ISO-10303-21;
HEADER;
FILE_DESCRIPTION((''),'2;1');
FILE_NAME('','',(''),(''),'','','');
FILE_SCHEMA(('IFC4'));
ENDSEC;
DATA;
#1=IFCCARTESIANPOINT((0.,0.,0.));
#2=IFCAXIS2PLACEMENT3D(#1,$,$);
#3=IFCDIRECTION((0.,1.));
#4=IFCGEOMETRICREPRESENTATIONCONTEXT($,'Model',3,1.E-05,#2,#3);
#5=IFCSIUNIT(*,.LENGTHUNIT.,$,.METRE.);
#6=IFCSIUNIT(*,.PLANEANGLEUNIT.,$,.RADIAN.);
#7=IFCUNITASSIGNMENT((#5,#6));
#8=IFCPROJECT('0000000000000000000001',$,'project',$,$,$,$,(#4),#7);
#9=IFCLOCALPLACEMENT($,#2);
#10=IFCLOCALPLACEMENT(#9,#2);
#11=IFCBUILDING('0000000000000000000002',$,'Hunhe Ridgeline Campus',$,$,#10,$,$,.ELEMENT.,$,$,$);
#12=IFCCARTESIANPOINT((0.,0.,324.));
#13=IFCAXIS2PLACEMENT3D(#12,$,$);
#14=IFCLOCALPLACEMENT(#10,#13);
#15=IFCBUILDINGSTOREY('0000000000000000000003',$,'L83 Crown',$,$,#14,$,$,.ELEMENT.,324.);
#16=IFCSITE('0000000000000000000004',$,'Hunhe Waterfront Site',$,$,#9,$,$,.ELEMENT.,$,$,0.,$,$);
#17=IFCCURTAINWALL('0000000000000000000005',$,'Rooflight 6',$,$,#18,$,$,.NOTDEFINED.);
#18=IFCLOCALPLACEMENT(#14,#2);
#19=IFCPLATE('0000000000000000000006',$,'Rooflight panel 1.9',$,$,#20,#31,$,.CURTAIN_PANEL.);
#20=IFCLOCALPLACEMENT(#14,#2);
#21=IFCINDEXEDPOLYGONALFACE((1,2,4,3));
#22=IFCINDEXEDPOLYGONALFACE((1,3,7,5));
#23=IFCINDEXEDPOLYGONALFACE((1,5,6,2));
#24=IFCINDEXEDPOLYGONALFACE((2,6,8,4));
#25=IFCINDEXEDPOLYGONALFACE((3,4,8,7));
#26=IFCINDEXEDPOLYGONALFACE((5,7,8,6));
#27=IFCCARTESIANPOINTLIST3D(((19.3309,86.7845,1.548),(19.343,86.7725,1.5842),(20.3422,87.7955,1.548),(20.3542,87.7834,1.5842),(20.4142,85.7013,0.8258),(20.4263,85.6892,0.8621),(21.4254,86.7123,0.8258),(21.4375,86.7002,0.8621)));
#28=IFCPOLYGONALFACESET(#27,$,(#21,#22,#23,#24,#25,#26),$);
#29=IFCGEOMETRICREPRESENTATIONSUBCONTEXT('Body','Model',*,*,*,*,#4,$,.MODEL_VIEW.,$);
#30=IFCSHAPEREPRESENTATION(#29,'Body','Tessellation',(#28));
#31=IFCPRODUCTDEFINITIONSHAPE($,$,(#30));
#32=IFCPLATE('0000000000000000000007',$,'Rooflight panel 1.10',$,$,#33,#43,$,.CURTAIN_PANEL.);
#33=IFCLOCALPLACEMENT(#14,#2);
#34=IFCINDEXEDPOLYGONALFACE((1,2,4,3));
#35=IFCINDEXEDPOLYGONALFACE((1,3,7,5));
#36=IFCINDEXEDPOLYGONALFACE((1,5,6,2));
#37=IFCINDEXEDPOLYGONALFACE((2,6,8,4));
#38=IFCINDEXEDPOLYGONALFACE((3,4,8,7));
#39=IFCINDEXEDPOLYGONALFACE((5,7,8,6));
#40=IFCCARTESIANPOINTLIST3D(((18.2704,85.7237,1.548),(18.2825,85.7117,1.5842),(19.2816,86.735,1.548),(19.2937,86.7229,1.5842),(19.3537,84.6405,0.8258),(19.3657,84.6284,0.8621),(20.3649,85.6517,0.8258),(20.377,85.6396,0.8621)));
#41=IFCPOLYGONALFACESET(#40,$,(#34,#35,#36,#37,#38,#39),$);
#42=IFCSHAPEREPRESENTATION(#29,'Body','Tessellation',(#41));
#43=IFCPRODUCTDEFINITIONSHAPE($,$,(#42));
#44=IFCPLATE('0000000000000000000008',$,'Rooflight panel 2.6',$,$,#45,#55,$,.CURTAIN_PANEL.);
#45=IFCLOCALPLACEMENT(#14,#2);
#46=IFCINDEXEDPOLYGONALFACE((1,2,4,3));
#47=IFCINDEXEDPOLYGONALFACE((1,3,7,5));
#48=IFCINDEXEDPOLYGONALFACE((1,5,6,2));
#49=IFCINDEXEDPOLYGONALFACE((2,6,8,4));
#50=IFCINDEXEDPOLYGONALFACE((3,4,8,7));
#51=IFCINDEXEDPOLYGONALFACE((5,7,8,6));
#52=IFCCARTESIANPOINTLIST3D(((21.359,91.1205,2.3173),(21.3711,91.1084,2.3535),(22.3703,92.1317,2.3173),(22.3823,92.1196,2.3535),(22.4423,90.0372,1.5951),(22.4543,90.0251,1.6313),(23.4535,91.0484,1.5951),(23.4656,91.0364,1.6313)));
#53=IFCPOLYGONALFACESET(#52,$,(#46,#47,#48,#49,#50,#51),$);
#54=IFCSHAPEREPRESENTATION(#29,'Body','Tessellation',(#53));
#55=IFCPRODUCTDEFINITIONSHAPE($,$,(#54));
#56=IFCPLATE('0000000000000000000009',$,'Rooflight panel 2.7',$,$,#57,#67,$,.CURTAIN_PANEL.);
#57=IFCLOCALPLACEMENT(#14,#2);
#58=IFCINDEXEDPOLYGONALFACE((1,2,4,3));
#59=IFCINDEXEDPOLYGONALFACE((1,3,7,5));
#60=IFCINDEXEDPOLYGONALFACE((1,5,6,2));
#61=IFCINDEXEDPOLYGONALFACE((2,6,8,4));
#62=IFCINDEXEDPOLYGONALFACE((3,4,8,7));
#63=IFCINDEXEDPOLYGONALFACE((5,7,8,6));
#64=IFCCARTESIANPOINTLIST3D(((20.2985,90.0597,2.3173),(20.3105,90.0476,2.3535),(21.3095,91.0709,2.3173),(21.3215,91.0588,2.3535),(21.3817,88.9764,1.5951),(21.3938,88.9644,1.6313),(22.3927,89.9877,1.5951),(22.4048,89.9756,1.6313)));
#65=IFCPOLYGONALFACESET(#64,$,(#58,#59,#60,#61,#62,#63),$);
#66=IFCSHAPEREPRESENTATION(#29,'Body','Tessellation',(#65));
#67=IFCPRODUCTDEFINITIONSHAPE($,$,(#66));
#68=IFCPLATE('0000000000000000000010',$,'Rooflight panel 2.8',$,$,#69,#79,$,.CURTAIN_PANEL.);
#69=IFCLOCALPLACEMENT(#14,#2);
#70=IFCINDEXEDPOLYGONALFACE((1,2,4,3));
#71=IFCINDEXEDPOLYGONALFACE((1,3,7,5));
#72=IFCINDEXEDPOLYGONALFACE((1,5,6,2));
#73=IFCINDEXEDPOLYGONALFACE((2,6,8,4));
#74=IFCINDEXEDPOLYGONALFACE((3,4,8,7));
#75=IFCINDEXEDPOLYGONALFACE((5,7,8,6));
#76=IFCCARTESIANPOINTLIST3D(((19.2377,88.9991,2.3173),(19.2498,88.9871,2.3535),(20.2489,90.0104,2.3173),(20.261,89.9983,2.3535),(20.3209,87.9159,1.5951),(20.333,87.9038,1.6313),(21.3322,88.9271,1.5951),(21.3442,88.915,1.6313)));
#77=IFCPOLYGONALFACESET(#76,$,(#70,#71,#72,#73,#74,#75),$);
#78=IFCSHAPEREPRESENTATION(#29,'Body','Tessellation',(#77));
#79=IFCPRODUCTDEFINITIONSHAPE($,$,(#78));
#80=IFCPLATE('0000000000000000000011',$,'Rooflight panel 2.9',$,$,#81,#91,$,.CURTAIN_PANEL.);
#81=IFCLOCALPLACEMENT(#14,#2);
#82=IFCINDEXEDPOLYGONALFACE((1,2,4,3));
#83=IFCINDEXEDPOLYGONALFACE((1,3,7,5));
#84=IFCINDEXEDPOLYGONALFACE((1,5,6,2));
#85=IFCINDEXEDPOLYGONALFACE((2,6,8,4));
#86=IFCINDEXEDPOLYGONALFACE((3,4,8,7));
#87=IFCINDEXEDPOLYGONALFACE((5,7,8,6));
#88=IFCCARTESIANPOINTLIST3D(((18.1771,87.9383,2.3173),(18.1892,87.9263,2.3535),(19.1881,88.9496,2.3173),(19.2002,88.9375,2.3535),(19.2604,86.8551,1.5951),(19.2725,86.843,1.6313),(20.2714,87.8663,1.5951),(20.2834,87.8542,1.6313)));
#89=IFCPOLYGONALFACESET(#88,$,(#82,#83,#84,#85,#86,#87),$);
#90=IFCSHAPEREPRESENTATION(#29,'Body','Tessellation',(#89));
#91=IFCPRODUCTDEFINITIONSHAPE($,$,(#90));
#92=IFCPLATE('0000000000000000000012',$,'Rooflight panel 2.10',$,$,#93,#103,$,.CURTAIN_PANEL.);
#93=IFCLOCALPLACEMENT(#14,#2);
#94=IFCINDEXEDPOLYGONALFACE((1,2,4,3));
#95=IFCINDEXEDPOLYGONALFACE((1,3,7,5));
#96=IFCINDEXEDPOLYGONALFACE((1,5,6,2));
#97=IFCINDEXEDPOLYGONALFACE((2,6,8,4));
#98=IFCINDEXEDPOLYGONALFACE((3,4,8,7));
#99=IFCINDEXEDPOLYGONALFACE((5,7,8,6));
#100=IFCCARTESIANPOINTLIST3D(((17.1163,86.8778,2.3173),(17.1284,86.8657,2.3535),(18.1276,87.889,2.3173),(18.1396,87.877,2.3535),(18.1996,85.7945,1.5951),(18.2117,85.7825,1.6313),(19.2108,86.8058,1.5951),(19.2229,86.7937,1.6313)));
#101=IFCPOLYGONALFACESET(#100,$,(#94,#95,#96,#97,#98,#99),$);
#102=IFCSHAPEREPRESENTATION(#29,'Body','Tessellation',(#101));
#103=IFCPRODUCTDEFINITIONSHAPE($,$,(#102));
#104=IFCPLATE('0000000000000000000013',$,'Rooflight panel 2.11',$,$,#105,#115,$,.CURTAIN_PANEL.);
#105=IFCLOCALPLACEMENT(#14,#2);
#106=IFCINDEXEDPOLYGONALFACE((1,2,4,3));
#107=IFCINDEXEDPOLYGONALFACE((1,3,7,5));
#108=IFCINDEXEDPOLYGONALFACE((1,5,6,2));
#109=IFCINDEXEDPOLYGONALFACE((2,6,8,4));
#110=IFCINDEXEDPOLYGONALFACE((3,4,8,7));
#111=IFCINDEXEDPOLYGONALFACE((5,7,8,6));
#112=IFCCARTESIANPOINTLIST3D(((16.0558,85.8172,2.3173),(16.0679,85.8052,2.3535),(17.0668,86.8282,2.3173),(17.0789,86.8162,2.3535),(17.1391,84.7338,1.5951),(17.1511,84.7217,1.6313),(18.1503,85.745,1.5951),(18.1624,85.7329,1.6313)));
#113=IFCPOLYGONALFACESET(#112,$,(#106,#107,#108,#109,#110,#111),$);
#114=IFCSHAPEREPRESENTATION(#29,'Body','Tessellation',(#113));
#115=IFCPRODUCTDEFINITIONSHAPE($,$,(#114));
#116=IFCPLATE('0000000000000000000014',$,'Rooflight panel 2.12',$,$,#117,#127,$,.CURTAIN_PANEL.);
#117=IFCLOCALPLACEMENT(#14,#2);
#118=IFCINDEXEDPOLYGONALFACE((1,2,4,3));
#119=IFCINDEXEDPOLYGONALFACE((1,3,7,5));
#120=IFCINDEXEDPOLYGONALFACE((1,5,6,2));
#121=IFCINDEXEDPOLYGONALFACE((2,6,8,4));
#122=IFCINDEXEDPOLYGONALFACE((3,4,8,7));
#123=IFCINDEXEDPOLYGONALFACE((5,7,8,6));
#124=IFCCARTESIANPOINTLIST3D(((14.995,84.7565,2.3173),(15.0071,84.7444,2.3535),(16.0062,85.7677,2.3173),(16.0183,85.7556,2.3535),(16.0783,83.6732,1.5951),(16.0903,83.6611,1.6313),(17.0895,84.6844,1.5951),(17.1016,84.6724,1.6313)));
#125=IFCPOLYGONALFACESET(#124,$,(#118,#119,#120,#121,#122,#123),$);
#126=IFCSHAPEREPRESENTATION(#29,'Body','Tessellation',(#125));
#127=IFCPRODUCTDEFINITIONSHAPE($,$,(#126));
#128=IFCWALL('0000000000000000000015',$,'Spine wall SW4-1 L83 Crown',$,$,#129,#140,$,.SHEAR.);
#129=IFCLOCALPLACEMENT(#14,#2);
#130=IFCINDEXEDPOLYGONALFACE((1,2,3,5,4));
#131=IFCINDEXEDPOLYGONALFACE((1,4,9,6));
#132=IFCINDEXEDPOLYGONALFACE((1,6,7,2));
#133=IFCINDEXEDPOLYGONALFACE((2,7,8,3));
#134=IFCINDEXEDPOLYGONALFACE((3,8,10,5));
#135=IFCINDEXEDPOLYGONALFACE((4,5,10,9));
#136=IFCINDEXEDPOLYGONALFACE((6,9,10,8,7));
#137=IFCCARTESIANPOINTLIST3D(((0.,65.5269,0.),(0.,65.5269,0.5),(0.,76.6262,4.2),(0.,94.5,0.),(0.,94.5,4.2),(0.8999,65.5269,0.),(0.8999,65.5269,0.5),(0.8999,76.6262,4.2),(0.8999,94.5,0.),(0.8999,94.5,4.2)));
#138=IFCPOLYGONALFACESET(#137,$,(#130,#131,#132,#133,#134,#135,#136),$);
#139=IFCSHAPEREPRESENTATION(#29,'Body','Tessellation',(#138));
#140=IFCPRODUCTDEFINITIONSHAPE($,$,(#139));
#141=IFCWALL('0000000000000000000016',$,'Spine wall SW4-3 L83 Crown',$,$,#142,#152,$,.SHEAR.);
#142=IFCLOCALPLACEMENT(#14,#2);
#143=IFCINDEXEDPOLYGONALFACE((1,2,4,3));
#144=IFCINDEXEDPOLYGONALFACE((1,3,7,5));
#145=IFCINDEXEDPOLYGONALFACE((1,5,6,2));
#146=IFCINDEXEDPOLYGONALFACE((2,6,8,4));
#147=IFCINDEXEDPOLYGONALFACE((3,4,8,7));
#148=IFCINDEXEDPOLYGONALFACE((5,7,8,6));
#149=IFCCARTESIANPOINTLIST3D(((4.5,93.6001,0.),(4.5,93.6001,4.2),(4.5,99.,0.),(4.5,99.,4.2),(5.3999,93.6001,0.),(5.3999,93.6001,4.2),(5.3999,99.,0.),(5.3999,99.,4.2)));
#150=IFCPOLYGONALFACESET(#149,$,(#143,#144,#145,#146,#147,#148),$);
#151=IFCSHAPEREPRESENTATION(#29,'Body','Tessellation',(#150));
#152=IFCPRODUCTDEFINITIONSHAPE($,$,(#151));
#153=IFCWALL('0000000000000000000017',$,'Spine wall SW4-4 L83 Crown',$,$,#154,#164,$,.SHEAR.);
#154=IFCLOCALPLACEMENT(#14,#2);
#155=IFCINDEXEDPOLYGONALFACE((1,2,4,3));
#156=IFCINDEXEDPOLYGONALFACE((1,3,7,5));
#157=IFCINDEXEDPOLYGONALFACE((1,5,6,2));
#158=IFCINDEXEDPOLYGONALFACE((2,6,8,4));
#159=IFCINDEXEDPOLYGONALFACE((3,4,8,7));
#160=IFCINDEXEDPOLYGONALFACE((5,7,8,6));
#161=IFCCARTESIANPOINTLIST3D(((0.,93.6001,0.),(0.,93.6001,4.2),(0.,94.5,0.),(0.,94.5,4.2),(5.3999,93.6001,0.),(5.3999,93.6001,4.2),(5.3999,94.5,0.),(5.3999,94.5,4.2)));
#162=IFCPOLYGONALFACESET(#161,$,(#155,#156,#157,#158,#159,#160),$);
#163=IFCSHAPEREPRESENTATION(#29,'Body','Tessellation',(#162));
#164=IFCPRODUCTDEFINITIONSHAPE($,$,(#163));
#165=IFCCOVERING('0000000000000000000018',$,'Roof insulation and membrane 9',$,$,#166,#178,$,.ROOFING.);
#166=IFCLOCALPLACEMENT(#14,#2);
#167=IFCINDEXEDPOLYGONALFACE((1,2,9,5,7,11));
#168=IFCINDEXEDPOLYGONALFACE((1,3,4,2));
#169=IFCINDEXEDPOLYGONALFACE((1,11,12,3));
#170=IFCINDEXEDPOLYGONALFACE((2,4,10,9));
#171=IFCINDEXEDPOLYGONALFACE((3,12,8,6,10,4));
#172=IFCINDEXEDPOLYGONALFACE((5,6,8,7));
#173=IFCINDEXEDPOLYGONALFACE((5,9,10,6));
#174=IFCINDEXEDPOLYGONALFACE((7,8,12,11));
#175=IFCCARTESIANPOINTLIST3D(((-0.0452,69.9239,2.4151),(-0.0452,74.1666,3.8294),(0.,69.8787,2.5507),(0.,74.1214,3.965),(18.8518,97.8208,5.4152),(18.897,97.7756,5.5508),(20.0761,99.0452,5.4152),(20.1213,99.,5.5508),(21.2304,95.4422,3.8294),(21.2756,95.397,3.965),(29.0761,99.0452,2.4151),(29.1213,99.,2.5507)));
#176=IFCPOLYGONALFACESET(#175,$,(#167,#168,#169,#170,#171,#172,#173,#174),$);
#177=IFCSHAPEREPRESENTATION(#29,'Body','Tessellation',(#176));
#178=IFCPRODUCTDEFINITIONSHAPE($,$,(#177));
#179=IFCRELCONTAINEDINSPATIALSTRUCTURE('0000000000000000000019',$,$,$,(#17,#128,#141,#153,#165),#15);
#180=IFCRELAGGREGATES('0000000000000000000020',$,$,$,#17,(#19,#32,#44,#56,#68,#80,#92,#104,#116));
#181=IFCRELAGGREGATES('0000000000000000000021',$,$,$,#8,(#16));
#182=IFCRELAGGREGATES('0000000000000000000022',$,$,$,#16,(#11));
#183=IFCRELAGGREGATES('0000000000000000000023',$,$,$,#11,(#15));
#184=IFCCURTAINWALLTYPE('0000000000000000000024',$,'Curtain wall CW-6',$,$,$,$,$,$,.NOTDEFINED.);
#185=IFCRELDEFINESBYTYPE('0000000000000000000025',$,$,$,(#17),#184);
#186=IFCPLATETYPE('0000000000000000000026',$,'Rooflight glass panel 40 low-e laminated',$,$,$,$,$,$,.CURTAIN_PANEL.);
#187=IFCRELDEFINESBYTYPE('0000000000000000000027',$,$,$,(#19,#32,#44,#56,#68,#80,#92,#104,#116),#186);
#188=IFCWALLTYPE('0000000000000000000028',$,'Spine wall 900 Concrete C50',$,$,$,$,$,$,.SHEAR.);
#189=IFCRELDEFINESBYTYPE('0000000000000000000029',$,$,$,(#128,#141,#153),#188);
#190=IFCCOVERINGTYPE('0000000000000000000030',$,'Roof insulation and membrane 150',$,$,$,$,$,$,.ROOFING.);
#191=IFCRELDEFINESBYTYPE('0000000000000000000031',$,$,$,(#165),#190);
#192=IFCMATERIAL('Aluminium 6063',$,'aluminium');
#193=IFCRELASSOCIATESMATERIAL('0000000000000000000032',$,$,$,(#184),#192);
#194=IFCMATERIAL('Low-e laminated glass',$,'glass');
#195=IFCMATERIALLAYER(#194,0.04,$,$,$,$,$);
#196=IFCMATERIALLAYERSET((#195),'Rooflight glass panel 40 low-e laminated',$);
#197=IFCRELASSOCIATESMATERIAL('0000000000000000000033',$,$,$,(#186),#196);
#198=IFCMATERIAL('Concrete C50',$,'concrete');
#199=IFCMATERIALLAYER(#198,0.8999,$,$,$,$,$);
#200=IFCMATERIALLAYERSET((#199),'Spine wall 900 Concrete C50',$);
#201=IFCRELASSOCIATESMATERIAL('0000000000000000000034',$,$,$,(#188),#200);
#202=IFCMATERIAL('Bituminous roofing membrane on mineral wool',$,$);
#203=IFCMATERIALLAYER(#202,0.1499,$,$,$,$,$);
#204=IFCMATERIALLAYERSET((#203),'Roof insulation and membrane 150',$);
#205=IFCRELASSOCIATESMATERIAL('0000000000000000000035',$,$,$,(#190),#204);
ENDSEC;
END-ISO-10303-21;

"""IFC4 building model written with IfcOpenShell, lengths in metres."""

from ifc_helpers import new_model, si_unit, direction, frame, origin, place, context, subcontext, project, spatial, polyline, outline, extrude, material, layer, layer_set, type_object, element, aggregate, save


model = new_model("IFC4")

# Units and contexts
model_context = context("Model", 3, precision=1e-05, world=origin(), true_north=direction((0.0, 1.0)))
body_context = subcontext(model_context, "Body", "Model", "MODEL_VIEW")
ifc_project = project(units=[si_unit("LENGTHUNIT", "METRE"), si_unit("PLANEANGLEUNIT", "RADIAN")], contexts=[model_context])

# Site, building, storey
site_placement = place(None, origin())
site = spatial("IfcSite", under=ifc_project, at=site_placement, Name="Hunhe Waterfront Site", CompositionType="ELEMENT", RefElevation=0.0)
building_placement = place(site_placement, origin())
building = spatial("IfcBuilding", under=site, at=building_placement, Name="Hunhe Ridgeline Campus", CompositionType="ELEMENT")
storey_placement = place(building_placement, frame((0.0, 0.0, 324.0)))
storey = spatial("IfcBuildingStorey", under=building, at=storey_placement, Name="L83 Crown", CompositionType="ELEMENT", Elevation=324.0)

# Curtain wall
ifc_material_1 = material(Name="Aluminium 6063", Category="aluminium")
curtain_wall_type = type_object("IfcCurtainWallType", Name="Curtain wall CW-6", PredefinedType="NOTDEFINED", material=ifc_material_1)
curtain_wall_placement = place(storey_placement, origin())
curtain_wall = element("IfcCurtainWall", 1, at=curtain_wall_placement, inside=storey, type_object=curtain_wall_type, Name="Rooflight 6", PredefinedType="NOTDEFINED")

# Plates
ifc_material_2 = material(Name="Low-e laminated glass", Category="glass")
ifc_layer_1 = layer(ifc_material_2, 0.04)
ifc_layer_set_1 = layer_set([ifc_layer_1], Name="Rooflight glass panel 40 low-e laminated")
plate_type = type_object("IfcPlateType", Name="Rooflight glass panel 40 low-e laminated", PredefinedType="CURTAIN_PANEL", material=ifc_layer_set_1)
plate_1_placement = place(storey_placement, frame((21.4375, 86.7002, 0.8621), z_axis=(0.301475, -0.301548, 0.904534), x_axis=(-0.639602, 0.639602, 0.426401)))
plate_1 = element("IfcPlate", 2, at=plate_1_placement, type_object=plate_type, Name="Rooflight panel 1.9", PredefinedType="CURTAIN_PANEL", context=body_context, shape_type="SweptSolid", body=[
    extrude(outline(polyline([(0.0, 0.0), (1.6936, 0.0), (1.6938, 1.4299), (0.0002, 1.4299), (0.0, 0.0)])), origin(), (0.0, 0.0, -1.0), 0.04),
])
plate_2_placement = place(storey_placement, frame((20.377, 85.6396, 0.8621), z_axis=(0.301511, -0.301511, 0.904534), x_axis=(-0.639602, 0.639602, 0.426401)))
plate_2 = element("IfcPlate", 3, at=plate_2_placement, type_object=plate_type, Name="Rooflight panel 1.10", PredefinedType="CURTAIN_PANEL", context=body_context, shape_type="SweptSolid", body=[
    extrude(outline(polyline([(0.0, 0.0), (1.6936, 0.0), (1.6936, 1.4301), (0.0, 1.4301), (0.0, 0.0)])), origin(), (0.0, 0.0, -1.0), 0.04),
])
plate_3_placement = place(storey_placement, frame((23.4656, 91.0364, 1.6313), z_axis=(0.301511, -0.301511, 0.904534), x_axis=(-0.639602, 0.639602, 0.426401)))
plate_3 = element("IfcPlate", 4, at=plate_3_placement, type_object=plate_type, Name="Rooflight panel 2.6", PredefinedType="CURTAIN_PANEL", context=body_context, shape_type="SweptSolid", body=[
    extrude(outline(polyline([(0.0, 0.0), (1.6936, 0.0), (1.6936, 1.4301), (0.0, 1.4301), (0.0, 0.0)])), origin(), (0.0, 0.0, -1.0), 0.04),
])
plate_4_placement = place(storey_placement, frame((22.4048, 89.9756, 1.6313), z_axis=(0.301548, -0.301475, 0.904534), x_axis=(-0.639602, 0.639602, 0.426401)))
plate_4 = element("IfcPlate", 5, at=plate_4_placement, type_object=plate_type, Name="Rooflight panel 2.7", PredefinedType="CURTAIN_PANEL", context=body_context, shape_type="SweptSolid", body=[
    extrude(outline(polyline([(0.0, 0.0), (1.6936, 0.0), (1.6935, 1.4299), (-0.0002, 1.4299), (0.0, 0.0)])), origin(), (0.0, 0.0, -1.0), 0.04),
])
plate_5_placement = place(storey_placement, frame((21.3442, 88.915, 1.6313), z_axis=(0.301511, -0.301511, 0.904534), x_axis=(-0.639602, 0.639602, 0.426401)))
plate_5 = element("IfcPlate", 6, at=plate_5_placement, type_object=plate_type, Name="Rooflight panel 2.8", PredefinedType="CURTAIN_PANEL", context=body_context, shape_type="SweptSolid", body=[
    extrude(outline(polyline([(0.0, 0.0), (1.6936, 0.0), (1.6936, 1.4301), (0.0, 1.4301), (0.0, 0.0)])), origin(), (0.0, 0.0, -1.0), 0.04),
])
plate_6_placement = place(storey_placement, frame((20.2834, 87.8542, 1.6313), z_axis=(0.301548, -0.301475, 0.904534), x_axis=(-0.639602, 0.639602, 0.426401)))
plate_6 = element("IfcPlate", 7, at=plate_6_placement, type_object=plate_type, Name="Rooflight panel 2.9", PredefinedType="CURTAIN_PANEL", context=body_context, shape_type="SweptSolid", body=[
    extrude(outline(polyline([(0.0, 0.0), (1.6936, 0.0), (1.6935, 1.4299), (-0.0002, 1.4299), (0.0, 0.0)])), origin(), (0.0, 0.0, -1.0), 0.04),
])
plate_7_placement = place(storey_placement, frame((19.2229, 86.7937, 1.6313), z_axis=(0.301511, -0.301511, 0.904534), x_axis=(-0.639602, 0.639602, 0.426401)))
plate_7 = element("IfcPlate", 8, at=plate_7_placement, type_object=plate_type, Name="Rooflight panel 2.10", PredefinedType="CURTAIN_PANEL", context=body_context, shape_type="SweptSolid", body=[
    extrude(outline(polyline([(0.0, 0.0), (1.6936, 0.0), (1.6936, 1.4301), (0.0, 1.4301), (0.0, 0.0)])), origin(), (0.0, 0.0, -1.0), 0.04),
])
plate_8_placement = place(storey_placement, frame((18.1624, 85.7329, 1.6313), z_axis=(0.301484, -0.301484, 0.904553), x_axis=(-0.639687, 0.639543, 0.426362)))
plate_8 = element("IfcPlate", 9, at=plate_8_placement, type_object=plate_type, Name="Rooflight panel 2.11", PredefinedType="CURTAIN_PANEL", context=body_context, shape_type="SweptSolid", body=[
    extrude(outline(polyline([(0.0, 0.0), (1.6938, 0.0), (1.6939, 1.4298), (0.0001, 1.4301), (0.0, 0.0)])), origin(), (0.0, 0.0, -1.0), 0.04),
])
plate_9_placement = place(storey_placement, frame((17.1016, 84.6724, 1.6313), z_axis=(0.301511, -0.301511, 0.904534), x_axis=(-0.639602, 0.639602, 0.426401)))
plate_9 = element("IfcPlate", 10, at=plate_9_placement, type_object=plate_type, Name="Rooflight panel 2.12", PredefinedType="CURTAIN_PANEL", context=body_context, shape_type="SweptSolid", body=[
    extrude(outline(polyline([(0.0, 0.0), (1.6936, 0.0), (1.6936, 1.4301), (0.0, 1.4301), (0.0, 0.0)])), origin(), (0.0, 0.0, -1.0), 0.04),
])
aggregate(curtain_wall, [plate_1, plate_2, plate_3, plate_4, plate_5, plate_6, plate_7, plate_8, plate_9])

# Walls
ifc_material_3 = material(Name="Concrete C50", Category="concrete")
ifc_layer_2 = layer(ifc_material_3, 0.8999)
ifc_layer_set_2 = layer_set([ifc_layer_2], Name="Spine wall 900 Concrete C50")
wall_type = type_object("IfcWallType", Name="Spine wall 900 Concrete C50", PredefinedType="SHEAR", material=ifc_layer_set_2)
wall_placement = place(storey_placement, frame((0.45, 94.5, 0.0), z_axis=(0.0, 0.0, 1.0), x_axis=(0.0, -1.0, 0.0)))
element("IfcWall", 11, at=wall_placement, inside=storey, type_object=wall_type, Name="Spine wall SW4-1 L83 Crown", PredefinedType="SHEAR", context=body_context, shape_type="SweptSolid", body=[
    extrude(outline(polyline([(0.0, 0.0), (28.9731, 0.0), (28.9731, 0.5), (17.8738, 4.2), (0.0, 4.2), (0.0, 0.0)])), frame((0.0, 0.45, 0.0), z_axis=(0.0, -1.0, 0.0), x_axis=(1.0, 0.0, 0.0)), (0.0, 0.0, 1.0), 0.8999),
])
for number, where, z_axis, x_axis, name in (
    (12, (4.95, 99.0, 0.0), (0.0, 0.0, 1.0), (0.0, -1.0, 0.0), "Spine wall SW4-3 L83 Crown"),
    (13, (5.3999, 94.05, 0.0), (0.0, 0.0, 1.0), (-1.0, 0.0, 0.0), "Spine wall SW4-4 L83 Crown"),
):
    element("IfcWall", number, at=place(storey_placement, frame(where, z_axis=z_axis, x_axis=x_axis)), inside=storey, type_object=wall_type, Name=name, PredefinedType="SHEAR", context=body_context, shape_type="SweptSolid", body=[
        extrude(outline(polyline([(0.0, 0.0), (5.3999, 0.0), (5.3999, 4.2), (0.0, 4.2), (0.0, 0.0)])), frame((0.0, 0.45, 0.0), z_axis=(0.0, -1.0, 0.0), x_axis=(1.0, 0.0, 0.0)), (0.0, 0.0, 1.0), 0.8999),
    ])

# Covering
ifc_material_4 = material(Name="Bituminous roofing membrane on mineral wool")
ifc_layer_3 = layer(ifc_material_4, 0.1499)
ifc_layer_set_3 = layer_set([ifc_layer_3], Name="Roof insulation and membrane 150")
covering_type = type_object("IfcCoveringType", Name="Roof insulation and membrane 150", PredefinedType="ROOFING", material=ifc_layer_set_3)
covering_placement = place(storey_placement, frame((20.1213, 99.0, 5.5508), z_axis=(0.301523, -0.301521, 0.904527), x_axis=(-0.707106, -0.707107, 0.000002)))
element("IfcCovering", 14, at=covering_placement, inside=storey, type_object=covering_type, Name="Roof insulation and membrane 9", PredefinedType="ROOFING", context=body_context, shape_type="SweptSolid", body=[
    extrude(outline(polyline([(0.0, 0.0), (1.7315, 0.0), (1.7315, 3.7189), (31.8198, 3.7189), (34.8198, 7.0356), (-6.364, 7.0356), (0.0, 0.0)])), origin(), (0.0, 0.0, -1.0), 0.1499),
])

save(model, "model.ifc")
